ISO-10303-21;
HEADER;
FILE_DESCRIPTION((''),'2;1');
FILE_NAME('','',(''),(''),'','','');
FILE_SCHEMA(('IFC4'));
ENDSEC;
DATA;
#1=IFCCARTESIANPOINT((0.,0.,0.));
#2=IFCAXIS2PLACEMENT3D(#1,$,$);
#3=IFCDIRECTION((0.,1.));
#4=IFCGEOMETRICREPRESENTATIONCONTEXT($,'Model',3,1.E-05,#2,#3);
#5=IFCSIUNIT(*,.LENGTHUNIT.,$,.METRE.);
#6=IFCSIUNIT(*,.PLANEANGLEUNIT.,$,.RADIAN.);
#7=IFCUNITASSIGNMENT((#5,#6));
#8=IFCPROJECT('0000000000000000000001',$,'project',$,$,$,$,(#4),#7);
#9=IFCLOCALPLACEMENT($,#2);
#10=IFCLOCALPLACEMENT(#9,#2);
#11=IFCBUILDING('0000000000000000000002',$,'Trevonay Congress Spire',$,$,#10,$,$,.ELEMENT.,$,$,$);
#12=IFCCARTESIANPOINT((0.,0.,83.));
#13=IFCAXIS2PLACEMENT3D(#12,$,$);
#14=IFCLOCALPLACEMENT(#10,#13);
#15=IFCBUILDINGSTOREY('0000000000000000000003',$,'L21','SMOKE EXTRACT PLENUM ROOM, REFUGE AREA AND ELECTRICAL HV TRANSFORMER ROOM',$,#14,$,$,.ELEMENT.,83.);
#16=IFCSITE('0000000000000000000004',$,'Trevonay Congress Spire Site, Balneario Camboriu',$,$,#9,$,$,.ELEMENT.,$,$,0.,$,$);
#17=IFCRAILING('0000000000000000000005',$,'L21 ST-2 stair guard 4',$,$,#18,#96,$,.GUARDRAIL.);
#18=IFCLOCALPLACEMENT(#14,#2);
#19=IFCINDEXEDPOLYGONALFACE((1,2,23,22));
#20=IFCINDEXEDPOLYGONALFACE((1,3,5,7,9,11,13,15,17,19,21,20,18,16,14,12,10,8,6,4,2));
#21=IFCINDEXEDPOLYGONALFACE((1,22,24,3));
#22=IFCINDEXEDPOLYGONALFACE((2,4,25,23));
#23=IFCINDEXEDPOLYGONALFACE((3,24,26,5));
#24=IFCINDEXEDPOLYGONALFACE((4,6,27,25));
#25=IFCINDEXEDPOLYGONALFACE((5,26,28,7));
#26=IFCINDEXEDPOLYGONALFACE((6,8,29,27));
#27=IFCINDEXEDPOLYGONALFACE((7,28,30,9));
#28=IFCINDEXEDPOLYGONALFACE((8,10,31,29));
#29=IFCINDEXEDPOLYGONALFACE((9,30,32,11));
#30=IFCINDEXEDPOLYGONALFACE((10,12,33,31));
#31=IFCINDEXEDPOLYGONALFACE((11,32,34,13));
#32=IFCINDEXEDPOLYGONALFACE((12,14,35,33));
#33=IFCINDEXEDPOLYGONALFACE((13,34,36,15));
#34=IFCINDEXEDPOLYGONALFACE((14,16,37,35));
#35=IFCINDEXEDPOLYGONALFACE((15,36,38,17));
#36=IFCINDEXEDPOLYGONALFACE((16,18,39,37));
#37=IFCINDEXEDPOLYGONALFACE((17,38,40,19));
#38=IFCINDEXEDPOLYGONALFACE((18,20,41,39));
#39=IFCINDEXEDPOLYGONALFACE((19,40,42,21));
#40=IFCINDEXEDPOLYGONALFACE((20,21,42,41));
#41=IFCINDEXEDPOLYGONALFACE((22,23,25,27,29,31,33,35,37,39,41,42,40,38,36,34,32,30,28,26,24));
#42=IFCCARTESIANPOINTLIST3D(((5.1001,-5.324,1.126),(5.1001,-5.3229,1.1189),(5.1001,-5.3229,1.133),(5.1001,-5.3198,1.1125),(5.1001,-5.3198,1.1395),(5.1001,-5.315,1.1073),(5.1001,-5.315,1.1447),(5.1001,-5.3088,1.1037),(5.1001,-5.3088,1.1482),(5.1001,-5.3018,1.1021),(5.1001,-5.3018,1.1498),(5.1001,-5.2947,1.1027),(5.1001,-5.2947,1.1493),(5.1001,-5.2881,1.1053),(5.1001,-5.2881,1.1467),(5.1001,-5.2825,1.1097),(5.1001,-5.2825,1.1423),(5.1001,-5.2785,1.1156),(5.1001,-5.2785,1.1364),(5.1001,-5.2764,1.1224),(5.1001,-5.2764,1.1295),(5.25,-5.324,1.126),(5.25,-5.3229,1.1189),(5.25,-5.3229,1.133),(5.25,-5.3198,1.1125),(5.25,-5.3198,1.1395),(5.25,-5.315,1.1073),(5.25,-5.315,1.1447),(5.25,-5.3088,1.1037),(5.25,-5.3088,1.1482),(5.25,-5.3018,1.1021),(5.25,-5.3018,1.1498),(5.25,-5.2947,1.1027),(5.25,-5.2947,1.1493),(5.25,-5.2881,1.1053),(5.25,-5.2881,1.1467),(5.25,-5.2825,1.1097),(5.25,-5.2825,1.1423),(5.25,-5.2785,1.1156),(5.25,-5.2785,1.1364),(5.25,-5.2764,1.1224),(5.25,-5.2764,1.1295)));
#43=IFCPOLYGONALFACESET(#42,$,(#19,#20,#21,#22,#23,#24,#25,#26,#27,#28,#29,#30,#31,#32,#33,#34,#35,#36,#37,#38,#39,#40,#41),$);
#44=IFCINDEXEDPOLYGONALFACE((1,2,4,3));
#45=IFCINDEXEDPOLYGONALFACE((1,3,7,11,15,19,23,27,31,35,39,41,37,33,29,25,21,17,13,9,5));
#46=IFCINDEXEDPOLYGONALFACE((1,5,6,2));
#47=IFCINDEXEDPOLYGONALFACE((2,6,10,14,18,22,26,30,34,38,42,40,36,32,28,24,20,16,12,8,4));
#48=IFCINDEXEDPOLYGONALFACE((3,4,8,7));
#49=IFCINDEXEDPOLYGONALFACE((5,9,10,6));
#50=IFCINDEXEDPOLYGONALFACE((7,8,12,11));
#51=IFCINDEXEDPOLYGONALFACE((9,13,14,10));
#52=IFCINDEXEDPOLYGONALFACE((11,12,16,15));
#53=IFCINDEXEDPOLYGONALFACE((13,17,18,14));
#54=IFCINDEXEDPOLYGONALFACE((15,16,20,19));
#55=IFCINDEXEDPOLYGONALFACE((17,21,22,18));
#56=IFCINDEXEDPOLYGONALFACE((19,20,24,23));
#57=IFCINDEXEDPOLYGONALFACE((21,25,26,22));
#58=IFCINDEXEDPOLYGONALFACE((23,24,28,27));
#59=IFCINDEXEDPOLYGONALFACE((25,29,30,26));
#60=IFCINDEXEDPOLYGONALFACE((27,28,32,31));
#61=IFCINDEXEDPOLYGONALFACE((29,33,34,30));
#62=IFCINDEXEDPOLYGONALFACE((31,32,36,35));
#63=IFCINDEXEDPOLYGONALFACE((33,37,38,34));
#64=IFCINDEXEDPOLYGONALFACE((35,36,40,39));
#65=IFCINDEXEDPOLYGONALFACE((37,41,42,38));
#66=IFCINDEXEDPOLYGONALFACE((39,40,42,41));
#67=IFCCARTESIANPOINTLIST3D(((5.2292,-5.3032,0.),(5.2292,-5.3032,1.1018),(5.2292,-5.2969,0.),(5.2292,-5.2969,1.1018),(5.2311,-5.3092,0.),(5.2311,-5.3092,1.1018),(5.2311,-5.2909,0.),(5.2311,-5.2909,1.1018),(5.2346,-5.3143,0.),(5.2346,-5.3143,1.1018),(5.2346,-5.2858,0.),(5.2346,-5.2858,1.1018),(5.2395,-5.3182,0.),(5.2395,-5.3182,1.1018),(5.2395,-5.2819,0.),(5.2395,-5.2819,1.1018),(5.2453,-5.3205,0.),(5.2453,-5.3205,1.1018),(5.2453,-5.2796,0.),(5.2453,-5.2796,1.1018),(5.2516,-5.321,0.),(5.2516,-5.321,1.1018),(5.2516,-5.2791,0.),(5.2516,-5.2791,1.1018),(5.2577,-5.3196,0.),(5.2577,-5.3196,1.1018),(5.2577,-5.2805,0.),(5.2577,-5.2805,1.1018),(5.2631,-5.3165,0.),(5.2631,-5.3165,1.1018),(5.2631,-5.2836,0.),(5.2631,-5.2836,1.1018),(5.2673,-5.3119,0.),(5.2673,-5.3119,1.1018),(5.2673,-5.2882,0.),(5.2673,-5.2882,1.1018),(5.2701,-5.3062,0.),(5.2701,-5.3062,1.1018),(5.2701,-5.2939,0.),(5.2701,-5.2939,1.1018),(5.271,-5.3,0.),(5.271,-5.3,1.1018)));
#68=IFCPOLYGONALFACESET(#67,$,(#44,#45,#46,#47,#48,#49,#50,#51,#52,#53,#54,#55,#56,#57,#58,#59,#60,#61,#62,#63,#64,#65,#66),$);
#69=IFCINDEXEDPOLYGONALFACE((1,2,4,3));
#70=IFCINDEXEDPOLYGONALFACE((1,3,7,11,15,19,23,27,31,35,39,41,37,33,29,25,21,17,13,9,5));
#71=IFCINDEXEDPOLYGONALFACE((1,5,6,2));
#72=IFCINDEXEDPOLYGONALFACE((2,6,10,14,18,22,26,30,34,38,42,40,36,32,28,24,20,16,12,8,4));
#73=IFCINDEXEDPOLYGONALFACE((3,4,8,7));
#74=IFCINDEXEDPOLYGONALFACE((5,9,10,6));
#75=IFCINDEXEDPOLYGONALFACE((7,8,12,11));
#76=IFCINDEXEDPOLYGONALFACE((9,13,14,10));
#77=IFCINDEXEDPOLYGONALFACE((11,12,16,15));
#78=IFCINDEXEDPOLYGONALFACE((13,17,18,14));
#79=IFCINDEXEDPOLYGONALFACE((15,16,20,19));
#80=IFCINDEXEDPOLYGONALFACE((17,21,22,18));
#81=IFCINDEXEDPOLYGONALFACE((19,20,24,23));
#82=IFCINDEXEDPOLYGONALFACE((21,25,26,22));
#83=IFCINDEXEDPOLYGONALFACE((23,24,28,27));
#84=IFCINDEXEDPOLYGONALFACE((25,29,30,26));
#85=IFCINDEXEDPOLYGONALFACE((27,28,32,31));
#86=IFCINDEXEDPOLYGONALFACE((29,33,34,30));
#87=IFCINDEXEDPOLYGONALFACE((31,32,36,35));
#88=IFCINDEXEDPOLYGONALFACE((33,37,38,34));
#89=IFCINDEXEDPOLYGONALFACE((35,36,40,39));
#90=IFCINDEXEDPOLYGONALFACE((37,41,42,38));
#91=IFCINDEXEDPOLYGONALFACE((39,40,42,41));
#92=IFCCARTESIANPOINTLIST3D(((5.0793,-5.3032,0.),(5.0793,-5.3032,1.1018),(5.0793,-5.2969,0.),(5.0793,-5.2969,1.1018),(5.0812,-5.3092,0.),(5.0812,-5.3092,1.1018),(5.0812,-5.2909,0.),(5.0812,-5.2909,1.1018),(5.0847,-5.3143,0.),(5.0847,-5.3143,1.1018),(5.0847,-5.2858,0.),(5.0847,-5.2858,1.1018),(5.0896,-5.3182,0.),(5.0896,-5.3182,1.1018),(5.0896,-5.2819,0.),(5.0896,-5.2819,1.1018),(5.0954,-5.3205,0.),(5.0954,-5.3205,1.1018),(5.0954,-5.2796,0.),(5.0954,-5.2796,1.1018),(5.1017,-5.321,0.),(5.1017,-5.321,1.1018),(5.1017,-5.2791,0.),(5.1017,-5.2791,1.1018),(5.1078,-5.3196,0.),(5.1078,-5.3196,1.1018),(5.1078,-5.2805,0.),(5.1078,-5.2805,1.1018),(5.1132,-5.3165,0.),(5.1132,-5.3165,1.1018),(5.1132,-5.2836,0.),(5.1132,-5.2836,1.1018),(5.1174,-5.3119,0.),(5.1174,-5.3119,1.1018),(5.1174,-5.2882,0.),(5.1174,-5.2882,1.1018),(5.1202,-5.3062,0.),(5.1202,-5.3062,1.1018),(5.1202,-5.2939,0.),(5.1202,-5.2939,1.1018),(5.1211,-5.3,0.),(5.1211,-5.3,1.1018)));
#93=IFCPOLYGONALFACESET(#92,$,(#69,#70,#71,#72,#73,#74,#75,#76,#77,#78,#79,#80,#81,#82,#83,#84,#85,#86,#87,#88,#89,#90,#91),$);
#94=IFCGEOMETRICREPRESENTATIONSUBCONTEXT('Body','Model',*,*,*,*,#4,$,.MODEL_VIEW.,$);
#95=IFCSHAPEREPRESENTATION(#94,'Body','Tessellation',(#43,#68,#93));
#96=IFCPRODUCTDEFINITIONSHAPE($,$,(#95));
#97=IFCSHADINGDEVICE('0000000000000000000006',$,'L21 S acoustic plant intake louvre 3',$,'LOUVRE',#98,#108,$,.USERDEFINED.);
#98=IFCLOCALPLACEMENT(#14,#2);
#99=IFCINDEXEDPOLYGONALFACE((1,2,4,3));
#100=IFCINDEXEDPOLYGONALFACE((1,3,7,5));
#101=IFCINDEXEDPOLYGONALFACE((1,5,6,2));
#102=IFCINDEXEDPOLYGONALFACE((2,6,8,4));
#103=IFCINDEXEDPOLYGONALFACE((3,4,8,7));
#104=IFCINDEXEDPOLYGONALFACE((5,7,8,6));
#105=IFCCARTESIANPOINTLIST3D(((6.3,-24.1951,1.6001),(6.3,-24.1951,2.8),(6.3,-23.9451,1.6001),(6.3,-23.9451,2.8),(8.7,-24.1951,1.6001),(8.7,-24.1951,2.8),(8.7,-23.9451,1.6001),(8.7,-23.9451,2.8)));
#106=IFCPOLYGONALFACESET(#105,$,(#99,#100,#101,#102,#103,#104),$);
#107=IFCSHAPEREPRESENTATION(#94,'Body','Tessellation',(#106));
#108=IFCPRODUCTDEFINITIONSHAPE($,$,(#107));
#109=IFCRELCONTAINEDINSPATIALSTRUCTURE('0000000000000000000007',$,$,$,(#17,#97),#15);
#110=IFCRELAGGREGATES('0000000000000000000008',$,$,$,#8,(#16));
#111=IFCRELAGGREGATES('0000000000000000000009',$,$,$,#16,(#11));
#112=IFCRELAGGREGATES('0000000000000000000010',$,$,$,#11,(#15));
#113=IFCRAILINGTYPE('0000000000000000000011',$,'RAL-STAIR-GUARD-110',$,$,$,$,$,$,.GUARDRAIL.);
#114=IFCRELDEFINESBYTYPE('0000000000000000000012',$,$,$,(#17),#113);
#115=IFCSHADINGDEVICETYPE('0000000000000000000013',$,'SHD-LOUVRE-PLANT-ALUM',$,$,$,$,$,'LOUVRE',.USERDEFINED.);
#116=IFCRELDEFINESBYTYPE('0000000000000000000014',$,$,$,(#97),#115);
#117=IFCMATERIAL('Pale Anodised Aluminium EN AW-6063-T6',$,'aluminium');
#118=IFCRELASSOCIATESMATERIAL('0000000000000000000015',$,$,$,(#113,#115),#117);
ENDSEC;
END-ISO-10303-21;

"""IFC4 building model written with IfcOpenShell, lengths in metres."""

from ifc_helpers import new_model, si_unit, direction, frame, origin, origin_2d, place, context, subcontext, project, spatial, rectangle, circle, extrude, material, type_object, element, save


model = new_model("IFC4")

# Units and contexts
model_context = context("Model", 3, precision=1e-05, world=origin(), true_north=direction((0.0, 1.0)))
body_context = subcontext(model_context, "Body", "Model", "MODEL_VIEW")
ifc_project = project(units=[si_unit("LENGTHUNIT", "METRE"), si_unit("PLANEANGLEUNIT", "RADIAN")], contexts=[model_context])

# Site, building, storey
site_placement = place(None, origin())
site = spatial("IfcSite", under=ifc_project, at=site_placement, Name="Trevonay Congress Spire Site, Balneario Camboriu", CompositionType="ELEMENT", RefElevation=0.0)
building_placement = place(site_placement, origin())
building = spatial("IfcBuilding", under=site, at=building_placement, Name="Trevonay Congress Spire", CompositionType="ELEMENT")
storey_placement = place(building_placement, frame((0.0, 0.0, 83.0)))
storey = spatial("IfcBuildingStorey", under=building, at=storey_placement, Name="L21", Description="SMOKE EXTRACT PLENUM ROOM, REFUGE AREA AND ELECTRICAL HV TRANSFORMER ROOM", CompositionType="ELEMENT", Elevation=83.0)

# Railing
ifc_material_1 = material(Name="Pale Anodised Aluminium EN AW-6063-T6", Category="aluminium")
railing_type = type_object("IfcRailingType", Name="RAL-STAIR-GUARD-110", PredefinedType="GUARDRAIL", material=ifc_material_1)
railing_placement = place(storey_placement, frame((5.25, -5.3, 0.0)))
element("IfcRailing", 1, at=railing_placement, inside=storey, type_object=railing_type, Name="L21 ST-2 stair guard 4", PredefinedType="GUARDRAIL", context=body_context, shape_type="SweptSolid", body=[
    extrude(circle(Radius=0.0239, at=origin_2d()), frame((0.0, 0.0, 1.126), z_axis=(-1.0, 0.0, 0.0), x_axis=(0.0, -1.0, 0.0)), (0.0, 0.0, 1.0), 0.1499),
    extrude(circle(Radius=0.021, at=origin_2d()), origin(), (0.0, 0.0, 1.0), 1.1018),
    extrude(circle(Radius=0.021, at=origin_2d()), frame((-0.1499, 0.0, 0.0)), (0.0, 0.0, 1.0), 1.1018),
])

# Shading device
shading_device_type = type_object("IfcShadingDeviceType", Name="SHD-LOUVRE-PLANT-ALUM", ElementType="LOUVRE", PredefinedType="USERDEFINED", material=ifc_material_1)
shading_device_placement = place(storey_placement, frame((7.5, -24.0701, 1.6001), z_axis=(0.0, 0.0, 1.0), x_axis=(1.0, 0.0, 0.0)))
element("IfcShadingDevice", 2, at=shading_device_placement, inside=storey, type_object=shading_device_type, Name="L21 S acoustic plant intake louvre 3", ObjectType="LOUVRE", PredefinedType="USERDEFINED", context=body_context, shape_type="SweptSolid", body=[
    extrude(rectangle(XDim=2.3999, YDim=0.25, at=origin_2d()), origin(), (0.0, 0.0, 1.0), 1.2),
])

save(model, "model.ifc")
